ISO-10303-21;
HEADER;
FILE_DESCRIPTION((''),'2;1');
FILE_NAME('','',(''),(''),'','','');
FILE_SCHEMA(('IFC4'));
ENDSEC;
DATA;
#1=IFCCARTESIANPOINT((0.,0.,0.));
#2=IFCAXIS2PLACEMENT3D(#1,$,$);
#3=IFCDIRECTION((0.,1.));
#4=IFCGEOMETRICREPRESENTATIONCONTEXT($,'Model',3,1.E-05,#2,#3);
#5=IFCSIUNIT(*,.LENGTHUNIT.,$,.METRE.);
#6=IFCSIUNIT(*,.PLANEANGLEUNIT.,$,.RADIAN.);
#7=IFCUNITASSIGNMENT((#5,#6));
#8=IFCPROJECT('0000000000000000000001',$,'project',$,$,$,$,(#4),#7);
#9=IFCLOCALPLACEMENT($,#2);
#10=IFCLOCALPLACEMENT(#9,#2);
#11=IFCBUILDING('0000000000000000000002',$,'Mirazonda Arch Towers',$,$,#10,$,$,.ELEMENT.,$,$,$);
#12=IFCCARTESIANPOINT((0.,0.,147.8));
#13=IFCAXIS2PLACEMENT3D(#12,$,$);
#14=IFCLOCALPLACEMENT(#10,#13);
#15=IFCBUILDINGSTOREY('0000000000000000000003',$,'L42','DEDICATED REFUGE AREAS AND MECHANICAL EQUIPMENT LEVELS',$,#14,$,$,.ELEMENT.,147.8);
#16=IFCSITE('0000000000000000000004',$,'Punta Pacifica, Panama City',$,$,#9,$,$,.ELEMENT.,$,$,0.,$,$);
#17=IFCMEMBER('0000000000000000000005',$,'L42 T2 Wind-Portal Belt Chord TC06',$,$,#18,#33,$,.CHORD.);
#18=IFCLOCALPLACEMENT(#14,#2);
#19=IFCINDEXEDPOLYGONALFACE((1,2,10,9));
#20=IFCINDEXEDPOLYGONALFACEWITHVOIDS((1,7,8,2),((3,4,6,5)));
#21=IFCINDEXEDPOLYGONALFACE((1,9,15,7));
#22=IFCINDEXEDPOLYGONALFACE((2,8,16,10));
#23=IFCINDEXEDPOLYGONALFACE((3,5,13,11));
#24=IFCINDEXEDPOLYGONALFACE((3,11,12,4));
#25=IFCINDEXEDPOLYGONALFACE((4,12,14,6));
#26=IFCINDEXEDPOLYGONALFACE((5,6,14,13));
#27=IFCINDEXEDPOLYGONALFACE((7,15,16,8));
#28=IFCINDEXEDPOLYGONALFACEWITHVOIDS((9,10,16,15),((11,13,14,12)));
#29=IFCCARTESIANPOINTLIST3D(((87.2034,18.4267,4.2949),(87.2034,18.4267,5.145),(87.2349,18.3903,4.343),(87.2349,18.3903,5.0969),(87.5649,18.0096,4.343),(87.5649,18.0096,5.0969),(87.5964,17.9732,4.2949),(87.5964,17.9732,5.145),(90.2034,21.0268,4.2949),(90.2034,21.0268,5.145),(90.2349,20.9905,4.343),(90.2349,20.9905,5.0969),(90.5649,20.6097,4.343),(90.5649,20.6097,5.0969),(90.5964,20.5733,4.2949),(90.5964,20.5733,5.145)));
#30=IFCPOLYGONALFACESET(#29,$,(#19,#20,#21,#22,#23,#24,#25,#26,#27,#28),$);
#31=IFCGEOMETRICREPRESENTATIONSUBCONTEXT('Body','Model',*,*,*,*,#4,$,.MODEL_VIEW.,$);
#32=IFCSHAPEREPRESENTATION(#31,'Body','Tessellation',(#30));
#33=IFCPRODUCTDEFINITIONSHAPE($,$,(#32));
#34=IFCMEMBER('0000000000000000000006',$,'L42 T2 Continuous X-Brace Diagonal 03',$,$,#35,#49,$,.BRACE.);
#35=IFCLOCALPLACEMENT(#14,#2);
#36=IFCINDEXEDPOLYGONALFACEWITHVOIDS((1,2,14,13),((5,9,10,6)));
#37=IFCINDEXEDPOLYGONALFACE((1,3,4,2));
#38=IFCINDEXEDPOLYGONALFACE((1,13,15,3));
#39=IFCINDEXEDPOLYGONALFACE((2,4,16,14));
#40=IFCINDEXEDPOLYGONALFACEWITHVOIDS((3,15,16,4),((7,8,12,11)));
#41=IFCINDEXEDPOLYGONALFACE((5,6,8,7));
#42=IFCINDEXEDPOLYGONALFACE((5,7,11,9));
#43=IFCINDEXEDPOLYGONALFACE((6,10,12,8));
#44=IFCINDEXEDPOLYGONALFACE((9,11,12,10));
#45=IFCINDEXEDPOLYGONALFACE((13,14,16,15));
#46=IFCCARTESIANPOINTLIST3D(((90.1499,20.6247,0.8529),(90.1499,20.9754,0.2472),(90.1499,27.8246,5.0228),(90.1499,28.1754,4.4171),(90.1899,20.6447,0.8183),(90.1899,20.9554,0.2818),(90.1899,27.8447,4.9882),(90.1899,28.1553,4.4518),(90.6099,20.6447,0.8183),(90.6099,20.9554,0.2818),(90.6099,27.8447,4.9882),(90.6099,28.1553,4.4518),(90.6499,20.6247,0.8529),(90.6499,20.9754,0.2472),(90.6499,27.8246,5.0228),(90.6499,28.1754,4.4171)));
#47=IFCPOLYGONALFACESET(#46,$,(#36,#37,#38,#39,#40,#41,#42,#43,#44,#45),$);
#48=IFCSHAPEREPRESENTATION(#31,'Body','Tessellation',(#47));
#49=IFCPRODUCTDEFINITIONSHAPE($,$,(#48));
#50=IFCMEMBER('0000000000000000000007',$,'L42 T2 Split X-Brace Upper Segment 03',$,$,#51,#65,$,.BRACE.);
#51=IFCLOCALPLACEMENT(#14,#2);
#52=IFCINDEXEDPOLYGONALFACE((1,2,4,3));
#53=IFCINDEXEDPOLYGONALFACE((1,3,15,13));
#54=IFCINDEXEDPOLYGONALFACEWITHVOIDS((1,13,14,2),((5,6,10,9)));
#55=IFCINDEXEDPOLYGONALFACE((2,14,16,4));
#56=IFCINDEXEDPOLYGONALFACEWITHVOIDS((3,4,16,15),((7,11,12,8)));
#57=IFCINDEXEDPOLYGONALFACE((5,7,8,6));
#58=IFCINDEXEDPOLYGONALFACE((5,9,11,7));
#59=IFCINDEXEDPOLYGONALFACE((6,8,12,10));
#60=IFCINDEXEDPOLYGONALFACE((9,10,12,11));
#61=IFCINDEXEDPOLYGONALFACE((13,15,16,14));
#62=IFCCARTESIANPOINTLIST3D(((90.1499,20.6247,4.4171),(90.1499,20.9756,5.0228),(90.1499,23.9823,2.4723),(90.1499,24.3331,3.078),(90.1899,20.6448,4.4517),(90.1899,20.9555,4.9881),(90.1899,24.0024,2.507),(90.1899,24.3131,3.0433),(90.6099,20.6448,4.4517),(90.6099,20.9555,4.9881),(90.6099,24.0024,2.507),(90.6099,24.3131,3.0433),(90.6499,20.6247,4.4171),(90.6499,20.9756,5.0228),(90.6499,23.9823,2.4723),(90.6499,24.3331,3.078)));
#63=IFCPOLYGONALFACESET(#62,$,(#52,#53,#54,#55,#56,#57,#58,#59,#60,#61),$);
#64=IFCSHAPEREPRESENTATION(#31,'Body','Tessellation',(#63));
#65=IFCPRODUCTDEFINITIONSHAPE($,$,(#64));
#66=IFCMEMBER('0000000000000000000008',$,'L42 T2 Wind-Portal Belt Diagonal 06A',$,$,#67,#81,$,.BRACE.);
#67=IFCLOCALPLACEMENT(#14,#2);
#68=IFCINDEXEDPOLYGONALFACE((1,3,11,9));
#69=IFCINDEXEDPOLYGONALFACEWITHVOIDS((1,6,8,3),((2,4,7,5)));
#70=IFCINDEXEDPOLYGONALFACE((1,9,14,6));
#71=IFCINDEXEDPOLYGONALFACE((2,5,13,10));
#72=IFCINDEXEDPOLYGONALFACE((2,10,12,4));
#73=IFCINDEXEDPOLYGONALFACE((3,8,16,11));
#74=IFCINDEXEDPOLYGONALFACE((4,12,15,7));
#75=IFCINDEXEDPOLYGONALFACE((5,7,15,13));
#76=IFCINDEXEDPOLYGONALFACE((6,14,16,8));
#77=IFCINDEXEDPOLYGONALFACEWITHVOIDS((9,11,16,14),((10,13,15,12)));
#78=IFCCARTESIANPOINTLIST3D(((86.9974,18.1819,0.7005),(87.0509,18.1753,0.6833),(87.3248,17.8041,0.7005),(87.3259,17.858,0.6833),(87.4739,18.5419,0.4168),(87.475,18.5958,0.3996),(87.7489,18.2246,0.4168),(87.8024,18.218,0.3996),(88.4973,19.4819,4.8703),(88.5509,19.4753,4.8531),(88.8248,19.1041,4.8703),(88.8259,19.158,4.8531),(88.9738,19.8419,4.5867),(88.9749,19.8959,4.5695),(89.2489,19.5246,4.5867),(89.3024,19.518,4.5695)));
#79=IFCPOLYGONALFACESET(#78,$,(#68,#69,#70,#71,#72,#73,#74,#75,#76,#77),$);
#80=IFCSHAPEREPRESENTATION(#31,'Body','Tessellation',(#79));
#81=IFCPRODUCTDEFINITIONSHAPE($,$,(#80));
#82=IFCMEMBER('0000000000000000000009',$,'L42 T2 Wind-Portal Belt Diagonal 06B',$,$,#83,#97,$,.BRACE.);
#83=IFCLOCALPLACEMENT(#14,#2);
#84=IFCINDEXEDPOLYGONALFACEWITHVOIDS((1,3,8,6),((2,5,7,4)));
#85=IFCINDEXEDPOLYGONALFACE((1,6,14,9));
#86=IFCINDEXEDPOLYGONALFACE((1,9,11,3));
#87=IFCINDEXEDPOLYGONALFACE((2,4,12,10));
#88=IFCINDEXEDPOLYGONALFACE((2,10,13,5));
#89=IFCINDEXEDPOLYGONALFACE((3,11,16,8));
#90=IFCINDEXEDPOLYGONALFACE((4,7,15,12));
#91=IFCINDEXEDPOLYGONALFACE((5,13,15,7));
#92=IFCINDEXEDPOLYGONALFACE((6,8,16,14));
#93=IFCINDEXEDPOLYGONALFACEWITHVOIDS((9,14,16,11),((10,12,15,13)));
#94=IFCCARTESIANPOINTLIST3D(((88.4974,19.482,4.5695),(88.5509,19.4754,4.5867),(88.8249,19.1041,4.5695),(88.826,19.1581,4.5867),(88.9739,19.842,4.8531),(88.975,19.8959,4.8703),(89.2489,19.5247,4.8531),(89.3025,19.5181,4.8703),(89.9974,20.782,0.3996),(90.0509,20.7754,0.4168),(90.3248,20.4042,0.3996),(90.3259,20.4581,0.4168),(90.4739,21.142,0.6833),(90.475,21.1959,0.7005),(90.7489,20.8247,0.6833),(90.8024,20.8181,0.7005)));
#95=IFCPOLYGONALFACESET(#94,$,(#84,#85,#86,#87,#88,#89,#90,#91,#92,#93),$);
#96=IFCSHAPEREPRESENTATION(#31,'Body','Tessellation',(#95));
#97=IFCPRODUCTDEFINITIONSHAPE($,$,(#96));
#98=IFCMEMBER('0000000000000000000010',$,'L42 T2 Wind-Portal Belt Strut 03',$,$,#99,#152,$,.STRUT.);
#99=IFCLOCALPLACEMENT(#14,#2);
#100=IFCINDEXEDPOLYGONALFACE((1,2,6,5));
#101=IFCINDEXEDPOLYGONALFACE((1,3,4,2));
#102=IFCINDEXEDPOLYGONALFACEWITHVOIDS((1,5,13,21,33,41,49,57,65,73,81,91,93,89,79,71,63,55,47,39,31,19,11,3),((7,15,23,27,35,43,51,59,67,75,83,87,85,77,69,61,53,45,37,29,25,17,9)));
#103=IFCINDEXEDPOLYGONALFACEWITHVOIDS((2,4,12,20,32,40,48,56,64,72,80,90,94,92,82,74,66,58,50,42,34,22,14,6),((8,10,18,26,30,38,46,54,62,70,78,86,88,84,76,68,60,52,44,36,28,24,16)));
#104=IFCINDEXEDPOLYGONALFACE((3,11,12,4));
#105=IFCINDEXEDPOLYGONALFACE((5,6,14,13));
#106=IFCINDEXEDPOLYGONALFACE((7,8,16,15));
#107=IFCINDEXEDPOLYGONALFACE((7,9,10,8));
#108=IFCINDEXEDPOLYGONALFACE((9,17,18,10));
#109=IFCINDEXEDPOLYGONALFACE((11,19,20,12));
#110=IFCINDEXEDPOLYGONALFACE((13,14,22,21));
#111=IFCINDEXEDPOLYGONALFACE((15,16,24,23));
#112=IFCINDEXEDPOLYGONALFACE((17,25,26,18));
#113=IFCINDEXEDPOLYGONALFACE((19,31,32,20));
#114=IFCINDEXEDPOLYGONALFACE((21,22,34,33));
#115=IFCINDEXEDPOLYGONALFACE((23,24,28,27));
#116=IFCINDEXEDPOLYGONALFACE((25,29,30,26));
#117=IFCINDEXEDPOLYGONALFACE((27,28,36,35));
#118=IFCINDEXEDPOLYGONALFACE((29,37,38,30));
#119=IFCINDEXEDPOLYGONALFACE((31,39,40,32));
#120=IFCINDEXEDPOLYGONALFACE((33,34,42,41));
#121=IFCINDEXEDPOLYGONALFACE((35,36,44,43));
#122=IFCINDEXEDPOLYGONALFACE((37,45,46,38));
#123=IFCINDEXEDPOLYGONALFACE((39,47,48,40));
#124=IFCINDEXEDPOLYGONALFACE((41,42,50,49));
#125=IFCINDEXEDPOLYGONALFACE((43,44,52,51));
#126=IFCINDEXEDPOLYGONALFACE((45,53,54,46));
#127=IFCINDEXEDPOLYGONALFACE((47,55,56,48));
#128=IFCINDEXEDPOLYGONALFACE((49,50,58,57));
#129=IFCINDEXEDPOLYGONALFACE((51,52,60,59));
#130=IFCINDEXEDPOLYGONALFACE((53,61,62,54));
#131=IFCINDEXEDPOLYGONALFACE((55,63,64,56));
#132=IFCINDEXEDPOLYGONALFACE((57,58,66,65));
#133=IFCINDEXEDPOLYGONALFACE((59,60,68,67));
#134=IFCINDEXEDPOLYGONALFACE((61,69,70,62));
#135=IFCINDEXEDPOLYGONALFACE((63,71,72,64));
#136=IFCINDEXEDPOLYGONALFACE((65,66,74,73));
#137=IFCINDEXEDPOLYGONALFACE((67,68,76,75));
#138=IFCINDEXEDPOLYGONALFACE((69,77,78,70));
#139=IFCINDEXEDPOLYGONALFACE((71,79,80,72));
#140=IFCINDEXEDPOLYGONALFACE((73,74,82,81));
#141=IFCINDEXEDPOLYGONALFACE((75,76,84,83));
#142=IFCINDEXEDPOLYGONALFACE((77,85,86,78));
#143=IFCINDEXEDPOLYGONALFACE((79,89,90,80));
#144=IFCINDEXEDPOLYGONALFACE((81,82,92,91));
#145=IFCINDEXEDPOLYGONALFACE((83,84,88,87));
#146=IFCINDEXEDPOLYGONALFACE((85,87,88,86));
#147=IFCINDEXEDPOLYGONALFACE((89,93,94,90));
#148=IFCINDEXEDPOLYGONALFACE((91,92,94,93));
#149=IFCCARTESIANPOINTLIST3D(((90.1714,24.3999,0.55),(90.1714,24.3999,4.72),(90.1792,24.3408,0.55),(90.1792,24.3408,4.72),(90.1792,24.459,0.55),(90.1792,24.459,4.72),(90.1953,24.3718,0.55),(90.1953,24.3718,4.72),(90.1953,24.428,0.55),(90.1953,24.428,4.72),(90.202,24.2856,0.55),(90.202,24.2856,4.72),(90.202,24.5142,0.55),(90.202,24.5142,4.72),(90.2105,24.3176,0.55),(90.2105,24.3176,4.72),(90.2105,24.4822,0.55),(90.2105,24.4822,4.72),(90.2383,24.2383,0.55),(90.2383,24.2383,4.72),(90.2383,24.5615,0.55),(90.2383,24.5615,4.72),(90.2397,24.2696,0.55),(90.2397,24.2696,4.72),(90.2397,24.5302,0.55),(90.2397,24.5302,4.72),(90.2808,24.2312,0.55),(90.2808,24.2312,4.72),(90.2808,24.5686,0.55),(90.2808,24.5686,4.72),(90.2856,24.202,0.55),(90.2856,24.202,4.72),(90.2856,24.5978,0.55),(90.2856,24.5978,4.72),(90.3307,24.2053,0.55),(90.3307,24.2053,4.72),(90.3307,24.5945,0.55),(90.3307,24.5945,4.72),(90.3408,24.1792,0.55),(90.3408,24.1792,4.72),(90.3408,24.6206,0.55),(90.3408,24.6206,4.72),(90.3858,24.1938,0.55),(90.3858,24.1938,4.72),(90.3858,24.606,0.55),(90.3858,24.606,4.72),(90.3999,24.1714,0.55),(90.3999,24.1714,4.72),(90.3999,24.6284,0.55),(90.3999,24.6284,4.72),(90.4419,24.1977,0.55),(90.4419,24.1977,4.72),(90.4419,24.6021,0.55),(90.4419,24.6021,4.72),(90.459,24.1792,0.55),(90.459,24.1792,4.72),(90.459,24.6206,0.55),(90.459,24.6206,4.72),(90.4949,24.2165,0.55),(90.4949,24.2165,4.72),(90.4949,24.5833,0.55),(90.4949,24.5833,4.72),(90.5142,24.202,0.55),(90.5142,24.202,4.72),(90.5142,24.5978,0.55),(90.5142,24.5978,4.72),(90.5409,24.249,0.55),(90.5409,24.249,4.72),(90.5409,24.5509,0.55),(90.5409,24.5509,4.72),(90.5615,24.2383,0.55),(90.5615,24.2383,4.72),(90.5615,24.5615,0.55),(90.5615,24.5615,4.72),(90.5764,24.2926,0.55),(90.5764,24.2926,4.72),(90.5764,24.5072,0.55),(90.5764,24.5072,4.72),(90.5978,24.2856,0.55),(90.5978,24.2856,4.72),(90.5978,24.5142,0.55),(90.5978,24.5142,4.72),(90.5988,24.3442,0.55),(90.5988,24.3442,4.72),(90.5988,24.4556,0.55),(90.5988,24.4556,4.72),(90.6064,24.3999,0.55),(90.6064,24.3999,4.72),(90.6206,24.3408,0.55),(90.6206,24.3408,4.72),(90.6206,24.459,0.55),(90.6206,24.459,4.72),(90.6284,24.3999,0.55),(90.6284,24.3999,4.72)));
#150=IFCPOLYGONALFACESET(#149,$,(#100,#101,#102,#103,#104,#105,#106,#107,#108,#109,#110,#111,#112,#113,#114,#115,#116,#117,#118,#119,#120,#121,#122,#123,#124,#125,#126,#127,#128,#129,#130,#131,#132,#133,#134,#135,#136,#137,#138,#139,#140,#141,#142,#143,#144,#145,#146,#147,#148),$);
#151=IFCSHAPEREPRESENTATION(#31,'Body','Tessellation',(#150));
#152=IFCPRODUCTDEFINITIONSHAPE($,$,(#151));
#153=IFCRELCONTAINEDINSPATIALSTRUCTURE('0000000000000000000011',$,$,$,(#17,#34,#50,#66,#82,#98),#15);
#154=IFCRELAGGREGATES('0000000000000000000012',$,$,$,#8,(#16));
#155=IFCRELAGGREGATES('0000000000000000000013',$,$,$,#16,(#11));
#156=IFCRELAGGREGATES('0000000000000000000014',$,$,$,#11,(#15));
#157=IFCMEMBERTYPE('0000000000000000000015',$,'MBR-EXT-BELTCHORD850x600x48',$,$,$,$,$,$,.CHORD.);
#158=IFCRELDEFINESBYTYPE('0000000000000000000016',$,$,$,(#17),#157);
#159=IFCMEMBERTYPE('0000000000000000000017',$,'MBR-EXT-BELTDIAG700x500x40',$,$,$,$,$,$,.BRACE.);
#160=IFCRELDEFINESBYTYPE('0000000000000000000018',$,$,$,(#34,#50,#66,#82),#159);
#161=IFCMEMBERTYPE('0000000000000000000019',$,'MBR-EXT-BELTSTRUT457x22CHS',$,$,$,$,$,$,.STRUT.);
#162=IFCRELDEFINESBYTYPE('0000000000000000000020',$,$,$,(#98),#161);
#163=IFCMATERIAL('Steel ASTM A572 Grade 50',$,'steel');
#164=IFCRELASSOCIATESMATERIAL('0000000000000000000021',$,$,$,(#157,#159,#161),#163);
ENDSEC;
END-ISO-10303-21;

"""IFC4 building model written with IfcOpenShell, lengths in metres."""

from ifc_helpers import new_model, si_unit, direction, frame, origin, origin_2d, place, context, subcontext, project, spatial, hollow_rectangle, hollow_circle, extrude, material, material_profile, profile_set, type_object, element, save


model = new_model("IFC4")

# Units and contexts
model_context = context("Model", 3, precision=1e-05, world=origin(), true_north=direction((0.0, 1.0)))
body_context = subcontext(model_context, "Body", "Model", "MODEL_VIEW")
ifc_project = project(units=[si_unit("LENGTHUNIT", "METRE"), si_unit("PLANEANGLEUNIT", "RADIAN")], contexts=[model_context])

# Site, building, storey
site_placement = place(None, origin())
site = spatial("IfcSite", under=ifc_project, at=site_placement, Name="Punta Pacifica, Panama City", CompositionType="ELEMENT", RefElevation=0.0)
building_placement = place(site_placement, origin())
building = spatial("IfcBuilding", under=site, at=building_placement, Name="Mirazonda Arch Towers", CompositionType="ELEMENT")
storey_placement = place(building_placement, frame((0.0, 0.0, 147.8)))
storey = spatial("IfcBuildingStorey", under=building, at=storey_placement, Name="L42", Description="DEDICATED REFUGE AREAS AND MECHANICAL EQUIPMENT LEVELS", CompositionType="ELEMENT", Elevation=147.8)

# Shared definitions
ifc_material_1 = material(Name="Steel ASTM A572 Grade 50", Category="steel")

# Members
ifc_material_profile_1 = material_profile(ifc_material_1, hollow_rectangle(XDim=0.6001, YDim=0.8501, WallThickness=0.0481, at=origin_2d()), Name="BELTCHORD850x600x48")
ifc_profile_set_1 = profile_set([ifc_material_profile_1], Name="Steel ASTM A572 Grade 50")
member_type_1 = type_object("IfcMemberType", Name="MBR-EXT-BELTCHORD850x600x48", PredefinedType="CHORD", material=ifc_profile_set_1)
for number, where, z_axis, x_axis, name in (
    (1, (87.3999, 18.2, 4.72), (0.755677, 0.654945, 0.0), (-0.654945, 0.755677, 0.0), "L42 T2 Wind-Portal Belt Chord TC06"),
):
    element("IfcMember", number, at=place(storey_placement, frame(where, z_axis=z_axis, x_axis=x_axis)), inside=storey, type_object=member_type_1, Name=name, PredefinedType="CHORD", context=body_context, shape_type="SweptSolid", body=[
        extrude(hollow_rectangle(XDim=0.6001, YDim=0.8501, WallThickness=0.0481, at=origin_2d()), origin(), (0.0, 0.0, 1.0), 3.97),
    ])
ifc_material_profile_2 = material_profile(ifc_material_1, hollow_rectangle(XDim=0.5, YDim=0.7, WallThickness=0.04, at=origin_2d()), Name="BELTDIAG700x500x40")
ifc_profile_set_2 = profile_set([ifc_material_profile_2], Name="Steel ASTM A572 Grade 50")
member_type_2 = type_object("IfcMemberType", Name="MBR-EXT-BELTDIAG700x500x40", PredefinedType="BRACE", material=ifc_profile_set_2)
member_1_placement = place(storey_placement, frame((90.3999, 20.8, 0.55), z_axis=(0.0, 0.865347, 0.501174), x_axis=(-1.0, 0.0, 0.0)))
element("IfcMember", 2, at=member_1_placement, inside=storey, type_object=member_type_2, Name="L42 T2 Continuous X-Brace Diagonal 03", PredefinedType="BRACE", context=body_context, shape_type="SweptSolid", body=[
    extrude(hollow_rectangle(XDim=0.5, YDim=0.7, WallThickness=0.04, at=origin_2d()), origin(), (0.0, 0.0, 1.0), 8.3203),
])
member_2_placement = place(storey_placement, frame((90.3999, 24.1577, 2.7751), z_axis=(0.0, -0.865324, 0.501212), x_axis=(1.0, 0.0, 0.0)))
element("IfcMember", 3, at=member_2_placement, inside=storey, type_object=member_type_2, Name="L42 T2 Split X-Brace Upper Segment 03", PredefinedType="BRACE", context=body_context, shape_type="SweptSolid", body=[
    extrude(hollow_rectangle(XDim=0.5, YDim=0.7, WallThickness=0.04, at=origin_2d()), origin(), (0.0, 0.0, 1.0), 3.8801),
])
for number, where, z_axis, x_axis, name in (
    (4, (87.3999, 18.2, 0.55), (0.324797, 0.281502, 0.902919), (-0.654945, 0.755677, 0.0), "L42 T2 Wind-Portal Belt Diagonal 06A"),
    (5, (90.3999, 20.8, 0.55), (-0.324797, -0.281502, 0.902919), (0.654945, -0.755677, 0.0), "L42 T2 Wind-Portal Belt Diagonal 06B"),
):
    element("IfcMember", number, at=place(storey_placement, frame(where, z_axis=z_axis, x_axis=x_axis)), inside=storey, type_object=member_type_2, Name=name, PredefinedType="BRACE", context=body_context, shape_type="SweptSolid", body=[
        extrude(hollow_rectangle(XDim=0.5, YDim=0.7, WallThickness=0.04, at=origin_2d()), origin(), (0.0, 0.0, 1.0), 4.6182),
    ])
ifc_material_profile_3 = material_profile(ifc_material_1, hollow_circle(Radius=0.2285, WallThickness=0.022, at=origin_2d()), Name="BELTSTRUT457x22CHS")
ifc_profile_set_3 = profile_set([ifc_material_profile_3], Name="Steel ASTM A572 Grade 50")
member_type_3 = type_object("IfcMemberType", Name="MBR-EXT-BELTSTRUT457x22CHS", PredefinedType="STRUT", material=ifc_profile_set_3)
for number, where, z_axis, x_axis, name in (
    (6, (90.3999, 24.3999, 0.55), (0.0, 0.0, 1.0), (1.0, 0.0, 0.0), "L42 T2 Wind-Portal Belt Strut 03"),
):
    element("IfcMember", number, at=place(storey_placement, frame(where, z_axis=z_axis, x_axis=x_axis)), inside=storey, type_object=member_type_3, Name=name, PredefinedType="STRUT", context=body_context, shape_type="SweptSolid", body=[
        extrude(hollow_circle(Radius=0.2285, WallThickness=0.022, at=origin_2d()), origin(), (0.0, 0.0, 1.0), 4.1699),
    ])

save(model, "model.ifc")
